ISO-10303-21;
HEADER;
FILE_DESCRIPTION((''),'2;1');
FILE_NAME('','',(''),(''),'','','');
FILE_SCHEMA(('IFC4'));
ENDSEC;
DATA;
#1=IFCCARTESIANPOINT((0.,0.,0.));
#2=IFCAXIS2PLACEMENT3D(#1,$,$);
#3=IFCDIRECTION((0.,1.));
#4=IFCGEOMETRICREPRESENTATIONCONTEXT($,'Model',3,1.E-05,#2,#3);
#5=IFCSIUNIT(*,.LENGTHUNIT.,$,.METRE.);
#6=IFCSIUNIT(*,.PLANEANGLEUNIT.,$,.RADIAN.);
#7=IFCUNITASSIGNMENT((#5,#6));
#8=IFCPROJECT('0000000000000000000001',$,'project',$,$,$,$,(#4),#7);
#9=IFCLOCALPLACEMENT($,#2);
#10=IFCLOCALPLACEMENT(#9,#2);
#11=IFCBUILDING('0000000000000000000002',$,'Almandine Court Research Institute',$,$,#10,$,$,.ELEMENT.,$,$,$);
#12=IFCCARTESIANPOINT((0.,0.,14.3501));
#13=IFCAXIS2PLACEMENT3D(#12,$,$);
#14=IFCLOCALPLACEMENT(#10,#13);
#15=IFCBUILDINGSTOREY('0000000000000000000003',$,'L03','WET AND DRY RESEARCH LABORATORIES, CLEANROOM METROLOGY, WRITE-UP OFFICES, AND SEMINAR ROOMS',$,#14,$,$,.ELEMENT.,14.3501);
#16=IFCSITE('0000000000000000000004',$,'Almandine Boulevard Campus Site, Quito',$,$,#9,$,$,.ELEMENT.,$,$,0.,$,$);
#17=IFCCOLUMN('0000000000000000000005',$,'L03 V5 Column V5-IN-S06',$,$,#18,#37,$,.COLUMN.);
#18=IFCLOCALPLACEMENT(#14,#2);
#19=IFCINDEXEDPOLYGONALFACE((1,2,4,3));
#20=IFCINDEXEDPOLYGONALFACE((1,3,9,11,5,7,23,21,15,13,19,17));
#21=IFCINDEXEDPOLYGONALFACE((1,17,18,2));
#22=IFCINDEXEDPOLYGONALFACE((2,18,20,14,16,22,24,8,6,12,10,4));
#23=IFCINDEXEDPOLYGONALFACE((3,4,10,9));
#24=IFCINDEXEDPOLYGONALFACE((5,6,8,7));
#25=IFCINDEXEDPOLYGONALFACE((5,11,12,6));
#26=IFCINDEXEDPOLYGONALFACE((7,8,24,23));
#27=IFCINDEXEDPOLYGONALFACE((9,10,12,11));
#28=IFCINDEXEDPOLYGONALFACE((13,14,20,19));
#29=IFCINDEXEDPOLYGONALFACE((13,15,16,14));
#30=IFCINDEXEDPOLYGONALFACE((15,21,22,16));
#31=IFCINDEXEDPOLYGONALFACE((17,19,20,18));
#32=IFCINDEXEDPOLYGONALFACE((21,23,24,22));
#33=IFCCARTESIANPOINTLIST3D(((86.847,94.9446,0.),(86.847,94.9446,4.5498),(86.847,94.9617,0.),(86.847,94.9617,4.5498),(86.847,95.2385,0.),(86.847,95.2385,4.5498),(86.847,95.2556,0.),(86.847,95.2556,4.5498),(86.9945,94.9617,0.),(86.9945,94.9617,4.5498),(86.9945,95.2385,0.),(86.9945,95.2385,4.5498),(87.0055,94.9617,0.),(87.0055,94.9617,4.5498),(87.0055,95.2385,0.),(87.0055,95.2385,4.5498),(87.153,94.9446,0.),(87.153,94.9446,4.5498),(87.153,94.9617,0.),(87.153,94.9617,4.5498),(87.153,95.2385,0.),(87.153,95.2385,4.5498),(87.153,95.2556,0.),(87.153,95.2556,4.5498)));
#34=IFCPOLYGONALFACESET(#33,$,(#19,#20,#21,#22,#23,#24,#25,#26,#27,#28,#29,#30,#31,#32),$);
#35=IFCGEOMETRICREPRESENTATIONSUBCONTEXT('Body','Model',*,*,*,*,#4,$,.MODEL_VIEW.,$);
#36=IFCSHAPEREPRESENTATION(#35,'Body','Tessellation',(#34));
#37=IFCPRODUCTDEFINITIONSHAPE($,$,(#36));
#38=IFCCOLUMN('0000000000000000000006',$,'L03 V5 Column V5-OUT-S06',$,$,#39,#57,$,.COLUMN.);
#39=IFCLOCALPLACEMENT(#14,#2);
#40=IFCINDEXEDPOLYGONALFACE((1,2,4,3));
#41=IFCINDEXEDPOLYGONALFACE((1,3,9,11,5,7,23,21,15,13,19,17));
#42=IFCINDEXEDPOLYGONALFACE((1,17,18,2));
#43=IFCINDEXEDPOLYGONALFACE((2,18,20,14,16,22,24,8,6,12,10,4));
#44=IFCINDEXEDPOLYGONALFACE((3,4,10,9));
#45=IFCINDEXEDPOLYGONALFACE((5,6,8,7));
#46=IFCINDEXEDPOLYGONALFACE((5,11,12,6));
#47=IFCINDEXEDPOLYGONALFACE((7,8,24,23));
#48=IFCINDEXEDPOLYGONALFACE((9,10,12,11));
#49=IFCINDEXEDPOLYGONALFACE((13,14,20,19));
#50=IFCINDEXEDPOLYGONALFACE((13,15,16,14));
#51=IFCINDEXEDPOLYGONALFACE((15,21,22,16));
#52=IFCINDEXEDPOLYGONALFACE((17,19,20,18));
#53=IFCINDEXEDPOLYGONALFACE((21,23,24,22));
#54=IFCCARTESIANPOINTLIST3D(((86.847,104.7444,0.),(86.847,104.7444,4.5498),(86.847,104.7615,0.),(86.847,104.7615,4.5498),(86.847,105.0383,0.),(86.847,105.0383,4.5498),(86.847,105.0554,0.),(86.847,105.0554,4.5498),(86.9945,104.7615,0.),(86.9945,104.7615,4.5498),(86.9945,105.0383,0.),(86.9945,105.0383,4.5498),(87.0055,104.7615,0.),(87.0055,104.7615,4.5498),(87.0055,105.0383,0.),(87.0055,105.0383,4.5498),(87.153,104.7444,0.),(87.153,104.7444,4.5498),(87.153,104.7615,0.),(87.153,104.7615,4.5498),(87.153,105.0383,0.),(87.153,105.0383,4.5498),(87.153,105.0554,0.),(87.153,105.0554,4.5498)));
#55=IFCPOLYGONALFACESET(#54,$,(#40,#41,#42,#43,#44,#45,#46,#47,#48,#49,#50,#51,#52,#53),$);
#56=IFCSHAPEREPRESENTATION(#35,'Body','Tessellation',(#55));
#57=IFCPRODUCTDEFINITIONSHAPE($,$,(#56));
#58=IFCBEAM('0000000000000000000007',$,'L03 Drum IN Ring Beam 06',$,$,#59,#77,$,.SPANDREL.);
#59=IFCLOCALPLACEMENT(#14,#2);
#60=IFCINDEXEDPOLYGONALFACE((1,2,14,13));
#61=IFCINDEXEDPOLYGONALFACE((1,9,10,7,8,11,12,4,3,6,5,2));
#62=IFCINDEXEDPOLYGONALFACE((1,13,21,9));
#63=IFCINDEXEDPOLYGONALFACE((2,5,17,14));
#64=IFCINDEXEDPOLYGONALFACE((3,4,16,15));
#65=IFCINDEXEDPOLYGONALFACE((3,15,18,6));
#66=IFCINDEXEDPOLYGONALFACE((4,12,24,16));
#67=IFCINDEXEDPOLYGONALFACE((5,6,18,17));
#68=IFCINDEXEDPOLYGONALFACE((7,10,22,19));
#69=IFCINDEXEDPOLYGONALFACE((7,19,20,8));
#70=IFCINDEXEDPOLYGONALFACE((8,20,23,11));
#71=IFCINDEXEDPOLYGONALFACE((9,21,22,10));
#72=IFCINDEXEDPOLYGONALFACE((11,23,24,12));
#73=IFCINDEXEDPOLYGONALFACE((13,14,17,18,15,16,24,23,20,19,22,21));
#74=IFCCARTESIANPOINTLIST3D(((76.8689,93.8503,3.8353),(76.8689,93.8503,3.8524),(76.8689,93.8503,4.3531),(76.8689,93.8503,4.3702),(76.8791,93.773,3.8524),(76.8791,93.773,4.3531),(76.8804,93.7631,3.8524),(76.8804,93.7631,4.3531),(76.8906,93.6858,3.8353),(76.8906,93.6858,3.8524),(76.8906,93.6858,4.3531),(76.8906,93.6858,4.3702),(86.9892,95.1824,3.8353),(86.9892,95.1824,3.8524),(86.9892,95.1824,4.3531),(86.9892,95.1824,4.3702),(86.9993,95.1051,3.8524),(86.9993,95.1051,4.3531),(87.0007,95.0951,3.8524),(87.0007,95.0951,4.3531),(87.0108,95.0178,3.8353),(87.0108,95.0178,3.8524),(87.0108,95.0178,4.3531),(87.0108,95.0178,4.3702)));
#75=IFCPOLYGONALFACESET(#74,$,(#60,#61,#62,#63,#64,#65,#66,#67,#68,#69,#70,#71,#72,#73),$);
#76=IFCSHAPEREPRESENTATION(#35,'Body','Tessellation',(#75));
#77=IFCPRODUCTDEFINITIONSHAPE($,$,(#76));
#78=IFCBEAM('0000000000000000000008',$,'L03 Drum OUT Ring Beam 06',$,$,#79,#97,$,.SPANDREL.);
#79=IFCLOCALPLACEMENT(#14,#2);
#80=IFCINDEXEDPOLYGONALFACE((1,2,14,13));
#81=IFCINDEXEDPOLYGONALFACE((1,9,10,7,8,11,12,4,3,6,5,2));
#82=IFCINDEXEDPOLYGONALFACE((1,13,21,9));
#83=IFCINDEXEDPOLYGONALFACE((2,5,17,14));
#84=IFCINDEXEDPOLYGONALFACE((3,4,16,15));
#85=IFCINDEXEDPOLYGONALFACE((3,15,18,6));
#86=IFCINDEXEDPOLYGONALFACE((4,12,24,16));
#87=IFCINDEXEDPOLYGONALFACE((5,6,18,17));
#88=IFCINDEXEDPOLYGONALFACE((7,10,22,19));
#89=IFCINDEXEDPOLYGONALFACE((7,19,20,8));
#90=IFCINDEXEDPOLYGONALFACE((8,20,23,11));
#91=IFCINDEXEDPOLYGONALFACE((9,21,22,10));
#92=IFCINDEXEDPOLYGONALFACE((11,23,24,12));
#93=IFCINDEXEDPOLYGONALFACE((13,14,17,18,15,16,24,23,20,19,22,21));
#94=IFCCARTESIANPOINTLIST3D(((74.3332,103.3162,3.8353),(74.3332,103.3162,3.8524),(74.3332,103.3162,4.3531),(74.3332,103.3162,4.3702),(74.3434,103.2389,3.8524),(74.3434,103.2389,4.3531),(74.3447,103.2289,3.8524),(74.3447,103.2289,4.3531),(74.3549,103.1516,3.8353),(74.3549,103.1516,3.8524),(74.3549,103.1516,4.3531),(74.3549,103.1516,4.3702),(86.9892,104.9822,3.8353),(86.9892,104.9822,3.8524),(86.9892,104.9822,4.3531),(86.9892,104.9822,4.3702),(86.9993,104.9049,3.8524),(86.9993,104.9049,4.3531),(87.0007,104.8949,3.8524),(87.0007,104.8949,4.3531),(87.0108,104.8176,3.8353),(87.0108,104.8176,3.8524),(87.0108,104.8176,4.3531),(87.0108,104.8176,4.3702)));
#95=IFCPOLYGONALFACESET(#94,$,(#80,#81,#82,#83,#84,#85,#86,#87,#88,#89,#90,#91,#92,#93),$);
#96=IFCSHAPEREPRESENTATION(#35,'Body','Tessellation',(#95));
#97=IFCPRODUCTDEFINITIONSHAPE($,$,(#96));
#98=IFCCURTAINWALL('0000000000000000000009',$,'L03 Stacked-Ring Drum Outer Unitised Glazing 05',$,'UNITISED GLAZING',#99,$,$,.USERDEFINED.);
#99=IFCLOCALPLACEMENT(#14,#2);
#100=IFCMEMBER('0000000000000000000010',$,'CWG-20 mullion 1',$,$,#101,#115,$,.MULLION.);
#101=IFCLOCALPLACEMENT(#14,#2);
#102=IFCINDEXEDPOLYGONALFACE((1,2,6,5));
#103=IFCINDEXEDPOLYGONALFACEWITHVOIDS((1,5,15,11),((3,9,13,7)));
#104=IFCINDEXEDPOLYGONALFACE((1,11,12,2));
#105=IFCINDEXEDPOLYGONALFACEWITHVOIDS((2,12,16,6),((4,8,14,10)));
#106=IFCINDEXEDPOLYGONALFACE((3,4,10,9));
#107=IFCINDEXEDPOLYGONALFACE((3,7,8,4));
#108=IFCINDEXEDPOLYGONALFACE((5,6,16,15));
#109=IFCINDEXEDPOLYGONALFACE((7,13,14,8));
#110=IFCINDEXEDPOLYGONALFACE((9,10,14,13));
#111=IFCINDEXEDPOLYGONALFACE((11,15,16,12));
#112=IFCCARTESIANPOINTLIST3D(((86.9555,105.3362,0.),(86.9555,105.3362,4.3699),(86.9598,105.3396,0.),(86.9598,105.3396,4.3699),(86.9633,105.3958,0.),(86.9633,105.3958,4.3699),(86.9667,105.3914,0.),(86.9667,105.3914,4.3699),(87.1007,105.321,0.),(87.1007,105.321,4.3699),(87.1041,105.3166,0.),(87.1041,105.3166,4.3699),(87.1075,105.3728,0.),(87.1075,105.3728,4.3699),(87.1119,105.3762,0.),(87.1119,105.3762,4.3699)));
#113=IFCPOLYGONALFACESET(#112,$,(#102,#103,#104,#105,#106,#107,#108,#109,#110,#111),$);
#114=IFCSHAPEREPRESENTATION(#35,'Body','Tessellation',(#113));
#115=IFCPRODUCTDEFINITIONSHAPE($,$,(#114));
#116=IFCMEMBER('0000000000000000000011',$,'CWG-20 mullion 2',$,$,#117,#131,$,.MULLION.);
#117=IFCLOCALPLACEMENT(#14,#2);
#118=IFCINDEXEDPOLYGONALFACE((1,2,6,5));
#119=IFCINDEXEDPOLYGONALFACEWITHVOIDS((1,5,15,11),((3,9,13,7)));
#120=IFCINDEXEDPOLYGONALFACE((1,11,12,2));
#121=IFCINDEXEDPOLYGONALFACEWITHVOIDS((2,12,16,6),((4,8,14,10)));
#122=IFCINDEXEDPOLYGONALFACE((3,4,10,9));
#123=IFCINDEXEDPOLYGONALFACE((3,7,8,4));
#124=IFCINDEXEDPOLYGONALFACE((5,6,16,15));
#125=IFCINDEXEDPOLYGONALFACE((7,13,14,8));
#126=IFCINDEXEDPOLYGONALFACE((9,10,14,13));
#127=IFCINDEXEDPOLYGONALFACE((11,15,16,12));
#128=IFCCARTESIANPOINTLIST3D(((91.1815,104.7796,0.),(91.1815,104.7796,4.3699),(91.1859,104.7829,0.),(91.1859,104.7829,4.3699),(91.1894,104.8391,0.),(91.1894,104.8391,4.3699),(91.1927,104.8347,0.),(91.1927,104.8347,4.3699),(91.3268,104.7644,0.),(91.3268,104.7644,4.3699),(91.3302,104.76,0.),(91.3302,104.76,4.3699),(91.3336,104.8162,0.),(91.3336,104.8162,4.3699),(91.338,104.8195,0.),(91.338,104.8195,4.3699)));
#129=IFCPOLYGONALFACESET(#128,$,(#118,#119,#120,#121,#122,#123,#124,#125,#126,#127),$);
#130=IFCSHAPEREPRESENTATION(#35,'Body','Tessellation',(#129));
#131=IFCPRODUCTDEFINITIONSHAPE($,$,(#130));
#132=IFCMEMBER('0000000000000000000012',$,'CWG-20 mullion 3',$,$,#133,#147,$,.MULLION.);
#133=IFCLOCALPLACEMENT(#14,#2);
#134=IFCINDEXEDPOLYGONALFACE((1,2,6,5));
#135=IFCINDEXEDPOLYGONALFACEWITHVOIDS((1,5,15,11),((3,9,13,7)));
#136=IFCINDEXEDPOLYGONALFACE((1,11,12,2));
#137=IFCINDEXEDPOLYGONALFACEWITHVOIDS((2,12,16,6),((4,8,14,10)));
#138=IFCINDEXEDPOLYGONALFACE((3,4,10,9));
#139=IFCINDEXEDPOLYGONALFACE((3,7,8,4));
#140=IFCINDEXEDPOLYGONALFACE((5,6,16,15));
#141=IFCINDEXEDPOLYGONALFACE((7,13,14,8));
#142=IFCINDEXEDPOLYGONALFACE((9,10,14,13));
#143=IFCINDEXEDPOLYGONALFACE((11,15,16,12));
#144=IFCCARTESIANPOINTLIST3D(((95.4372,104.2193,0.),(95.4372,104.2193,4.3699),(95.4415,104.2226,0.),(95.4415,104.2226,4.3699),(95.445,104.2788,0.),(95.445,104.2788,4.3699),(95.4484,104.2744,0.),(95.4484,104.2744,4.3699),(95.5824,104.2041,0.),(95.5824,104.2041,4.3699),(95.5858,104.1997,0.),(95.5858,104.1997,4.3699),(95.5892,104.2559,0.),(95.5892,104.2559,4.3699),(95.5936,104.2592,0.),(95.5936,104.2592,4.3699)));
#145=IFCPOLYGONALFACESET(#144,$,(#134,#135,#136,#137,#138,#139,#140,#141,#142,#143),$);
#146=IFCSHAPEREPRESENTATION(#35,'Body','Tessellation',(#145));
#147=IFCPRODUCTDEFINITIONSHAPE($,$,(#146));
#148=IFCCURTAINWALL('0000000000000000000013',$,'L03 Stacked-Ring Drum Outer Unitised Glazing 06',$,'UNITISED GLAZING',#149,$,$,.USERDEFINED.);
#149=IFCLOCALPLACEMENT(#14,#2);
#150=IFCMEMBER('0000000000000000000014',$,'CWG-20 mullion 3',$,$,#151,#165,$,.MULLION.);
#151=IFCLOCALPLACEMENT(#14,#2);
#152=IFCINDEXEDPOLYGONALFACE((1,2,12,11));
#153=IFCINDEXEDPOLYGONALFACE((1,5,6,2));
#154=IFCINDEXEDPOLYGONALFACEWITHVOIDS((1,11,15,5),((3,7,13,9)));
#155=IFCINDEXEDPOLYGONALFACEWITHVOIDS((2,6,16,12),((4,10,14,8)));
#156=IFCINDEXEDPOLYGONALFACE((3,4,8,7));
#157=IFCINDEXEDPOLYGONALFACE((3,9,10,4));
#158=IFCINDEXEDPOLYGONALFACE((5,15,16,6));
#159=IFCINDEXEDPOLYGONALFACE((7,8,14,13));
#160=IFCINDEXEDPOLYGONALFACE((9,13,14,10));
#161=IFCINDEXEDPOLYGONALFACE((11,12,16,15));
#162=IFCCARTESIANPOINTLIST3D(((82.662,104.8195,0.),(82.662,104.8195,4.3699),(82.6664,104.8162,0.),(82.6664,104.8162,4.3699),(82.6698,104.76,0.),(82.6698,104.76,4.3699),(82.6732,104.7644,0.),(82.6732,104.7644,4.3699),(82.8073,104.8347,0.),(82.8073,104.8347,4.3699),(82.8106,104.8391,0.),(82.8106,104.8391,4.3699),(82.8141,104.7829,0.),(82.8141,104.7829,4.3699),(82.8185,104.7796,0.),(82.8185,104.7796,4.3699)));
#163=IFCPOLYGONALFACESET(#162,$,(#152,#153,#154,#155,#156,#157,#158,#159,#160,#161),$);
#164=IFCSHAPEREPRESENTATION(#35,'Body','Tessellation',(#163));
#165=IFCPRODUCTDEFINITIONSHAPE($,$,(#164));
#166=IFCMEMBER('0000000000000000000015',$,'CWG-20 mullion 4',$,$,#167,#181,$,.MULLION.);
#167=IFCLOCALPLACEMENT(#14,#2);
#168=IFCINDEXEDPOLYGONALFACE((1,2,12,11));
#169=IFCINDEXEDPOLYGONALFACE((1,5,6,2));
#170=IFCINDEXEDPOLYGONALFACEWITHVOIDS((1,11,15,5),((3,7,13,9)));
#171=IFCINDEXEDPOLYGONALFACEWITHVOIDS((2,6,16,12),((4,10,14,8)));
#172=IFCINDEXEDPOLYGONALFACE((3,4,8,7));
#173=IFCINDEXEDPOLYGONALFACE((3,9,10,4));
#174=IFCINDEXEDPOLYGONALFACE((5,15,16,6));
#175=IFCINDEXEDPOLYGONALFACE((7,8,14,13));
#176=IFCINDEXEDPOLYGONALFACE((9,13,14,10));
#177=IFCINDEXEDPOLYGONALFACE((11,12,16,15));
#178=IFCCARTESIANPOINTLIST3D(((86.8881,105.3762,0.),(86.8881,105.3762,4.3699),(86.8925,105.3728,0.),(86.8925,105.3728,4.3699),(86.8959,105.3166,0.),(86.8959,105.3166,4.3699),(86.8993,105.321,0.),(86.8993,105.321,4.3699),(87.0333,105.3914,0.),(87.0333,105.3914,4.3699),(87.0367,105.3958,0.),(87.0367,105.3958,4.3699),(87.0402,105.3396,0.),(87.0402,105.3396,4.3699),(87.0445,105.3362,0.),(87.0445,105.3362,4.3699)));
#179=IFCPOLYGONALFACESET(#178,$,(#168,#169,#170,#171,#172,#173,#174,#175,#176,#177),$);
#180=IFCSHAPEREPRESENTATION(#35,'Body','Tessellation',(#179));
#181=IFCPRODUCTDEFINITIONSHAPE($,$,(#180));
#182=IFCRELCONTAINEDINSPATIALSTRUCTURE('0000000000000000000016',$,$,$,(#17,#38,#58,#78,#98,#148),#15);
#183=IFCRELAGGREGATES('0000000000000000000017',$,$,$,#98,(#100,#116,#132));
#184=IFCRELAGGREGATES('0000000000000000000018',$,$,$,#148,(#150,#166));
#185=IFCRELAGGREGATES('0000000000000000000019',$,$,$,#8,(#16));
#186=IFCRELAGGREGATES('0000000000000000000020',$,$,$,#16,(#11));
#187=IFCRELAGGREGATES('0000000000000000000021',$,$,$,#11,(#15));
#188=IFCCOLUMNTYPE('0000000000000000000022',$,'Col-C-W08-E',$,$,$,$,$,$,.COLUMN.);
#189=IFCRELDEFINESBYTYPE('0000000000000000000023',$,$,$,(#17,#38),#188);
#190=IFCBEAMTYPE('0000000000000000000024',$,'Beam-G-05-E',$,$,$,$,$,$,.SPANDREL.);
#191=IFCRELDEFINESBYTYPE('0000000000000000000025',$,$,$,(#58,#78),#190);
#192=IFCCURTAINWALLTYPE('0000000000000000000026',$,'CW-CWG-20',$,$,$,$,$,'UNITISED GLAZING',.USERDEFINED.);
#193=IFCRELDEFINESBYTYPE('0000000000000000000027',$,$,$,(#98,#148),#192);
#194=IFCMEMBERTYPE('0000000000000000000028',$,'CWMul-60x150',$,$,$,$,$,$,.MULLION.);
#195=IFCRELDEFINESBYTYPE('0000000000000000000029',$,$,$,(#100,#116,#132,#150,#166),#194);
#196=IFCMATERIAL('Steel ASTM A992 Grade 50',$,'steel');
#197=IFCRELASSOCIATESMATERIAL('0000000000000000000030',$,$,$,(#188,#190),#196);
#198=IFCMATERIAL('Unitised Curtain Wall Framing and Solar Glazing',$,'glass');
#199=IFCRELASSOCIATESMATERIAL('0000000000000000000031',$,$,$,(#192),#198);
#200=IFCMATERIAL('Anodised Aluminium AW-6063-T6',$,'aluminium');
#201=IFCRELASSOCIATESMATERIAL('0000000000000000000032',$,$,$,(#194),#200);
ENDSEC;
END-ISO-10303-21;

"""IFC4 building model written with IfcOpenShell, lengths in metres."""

from ifc_helpers import new_model, si_unit, direction, frame, origin, origin_2d, place, context, subcontext, project, spatial, hollow_rectangle, i_section, extrude, material, material_profile, profile_set, type_object, element, aggregate, save


model = new_model("IFC4")

# Units and contexts
model_context = context("Model", 3, precision=1e-05, world=origin(), true_north=direction((0.0, 1.0)))
body_context = subcontext(model_context, "Body", "Model", "MODEL_VIEW")
ifc_project = project(units=[si_unit("LENGTHUNIT", "METRE"), si_unit("PLANEANGLEUNIT", "RADIAN")], contexts=[model_context])

# Site, building, storey
site_placement = place(None, origin())
site = spatial("IfcSite", under=ifc_project, at=site_placement, Name="Almandine Boulevard Campus Site, Quito", CompositionType="ELEMENT", RefElevation=0.0)
building_placement = place(site_placement, origin())
building = spatial("IfcBuilding", under=site, at=building_placement, Name="Almandine Court Research Institute", CompositionType="ELEMENT")
storey_placement = place(building_placement, frame((0.0, 0.0, 14.3501)))
storey = spatial("IfcBuildingStorey", under=building, at=storey_placement, Name="L03", Description="WET AND DRY RESEARCH LABORATORIES, CLEANROOM METROLOGY, WRITE-UP OFFICES, AND SEMINAR ROOMS", CompositionType="ELEMENT", Elevation=14.3501)

# Columns
ifc_material_1 = material(Name="Steel ASTM A992 Grade 50", Category="steel")
ifc_material_profile_1 = material_profile(ifc_material_1, i_section(OverallWidth=0.3059, OverallDepth=0.311, WebThickness=0.011, FlangeThickness=0.0171, at=origin_2d()), Name="W310x107")
ifc_profile_set_1 = profile_set([ifc_material_profile_1], Name="Steel ASTM A992 Grade 50")
column_type = type_object("IfcColumnType", Name="Col-C-W08-E", PredefinedType="COLUMN", material=ifc_profile_set_1)
for number, where, z_axis, x_axis, name in (
    (1, (87.0, 95.1001, 0.0), (0.0, 0.0, 1.0), (1.0, 0.0, 0.0), "L03 V5 Column V5-IN-S06"),
    (2, (87.0, 104.8999, 0.0), (0.0, 0.0, 1.0), (1.0, 0.0, 0.0), "L03 V5 Column V5-OUT-S06"),
):
    element("IfcColumn", number, at=place(storey_placement, frame(where, z_axis=z_axis, x_axis=x_axis)), inside=storey, type_object=column_type, Name=name, PredefinedType="COLUMN", context=body_context, shape_type="SweptSolid", body=[
        extrude(i_section(OverallWidth=0.3059, OverallDepth=0.311, WebThickness=0.011, FlangeThickness=0.0171, at=origin_2d()), origin(), (0.0, 0.0, 1.0), 4.5498),
    ])

# Beams
ifc_material_profile_2 = material_profile(ifc_material_1, i_section(OverallWidth=0.166, OverallDepth=0.5349, WebThickness=0.01, FlangeThickness=0.0171, at=origin_2d()), Name="W530x85")
ifc_profile_set_2 = profile_set([ifc_material_profile_2], Name="Steel ASTM A992 Grade 50")
beam_type = type_object("IfcBeamType", Name="Beam-G-05-E", PredefinedType="SPANDREL", material=ifc_profile_set_2)
beam_1_placement = place(storey_placement, frame((87.0, 95.1001, 4.1028), z_axis=(-0.991449, -0.130497, 0.0), x_axis=(0.130497, -0.991449, 0.0)))
element("IfcBeam", 3, at=beam_1_placement, inside=storey, type_object=beam_type, Name="L03 Drum IN Ring Beam 06", PredefinedType="SPANDREL", context=body_context, shape_type="SweptSolid", body=[
    extrude(i_section(OverallWidth=0.166, OverallDepth=0.5349, WebThickness=0.01, FlangeThickness=0.0171, at=origin_2d()), origin(), (0.0, 0.0, 1.0), 10.2075),
])
beam_2_placement = place(storey_placement, frame((87.0, 104.8999, 4.1028), z_axis=(-0.991447, -0.130512, 0.0), x_axis=(0.130512, -0.991447, 0.0)))
element("IfcBeam", 4, at=beam_2_placement, inside=storey, type_object=beam_type, Name="L03 Drum OUT Ring Beam 06", PredefinedType="SPANDREL", context=body_context, shape_type="SweptSolid", body=[
    extrude(i_section(OverallWidth=0.166, OverallDepth=0.5349, WebThickness=0.01, FlangeThickness=0.0171, at=origin_2d()), origin(), (0.0, 0.0, 1.0), 12.7651),
])

# Curtain walls, members
ifc_material_2 = material(Name="Unitised Curtain Wall Framing and Solar Glazing", Category="glass")
curtain_wall_type = type_object("IfcCurtainWallType", Name="CW-CWG-20", ElementType="UNITISED GLAZING", PredefinedType="USERDEFINED", material=ifc_material_2)
curtain_wall_1_placement = place(storey_placement, origin())
curtain_wall_1 = element("IfcCurtainWall", 5, at=curtain_wall_1_placement, inside=storey, type_object=curtain_wall_type, Name="L03 Stacked-Ring Drum Outer Unitised Glazing 05", ObjectType="UNITISED GLAZING", PredefinedType="USERDEFINED")
ifc_material_3 = material(Name="Anodised Aluminium AW-6063-T6", Category="aluminium")
ifc_material_profile_3 = material_profile(ifc_material_3, hollow_rectangle(XDim=0.0601, YDim=0.1499, WallThickness=0.0039, at=origin_2d()), Name="ALU RHS 60x150x4")
ifc_profile_set_3 = profile_set([ifc_material_profile_3], Name="Anodised Aluminium AW-6063-T6")
member_type_1 = type_object("IfcMemberType", Name="CWMul-60x150", PredefinedType="MULLION", material=ifc_profile_set_3)
member_1_placement = place(storey_placement, frame((87.0337, 105.3562, 0.0), z_axis=(0.0, 0.0, 1.0), x_axis=(0.130541, 0.991443, 0.0)))
member_1 = element("IfcMember", 6, at=member_1_placement, type_object=member_type_1, Name="CWG-20 mullion 1", PredefinedType="MULLION", context=body_context, shape_type="SweptSolid", body=[
    extrude(hollow_rectangle(XDim=0.0601, YDim=0.1499, WallThickness=0.0039, at=origin_2d()), origin(), (0.0, 0.0, 1.0), 4.3699),
])
member_2_placement = place(storey_placement, frame((91.2598, 104.7996, 0.0), z_axis=(0.0, 0.0, 1.0), x_axis=(0.130541, 0.991443, 0.0)))
member_2 = element("IfcMember", 7, at=member_2_placement, type_object=member_type_1, Name="CWG-20 mullion 2", PredefinedType="MULLION", context=body_context, shape_type="SweptSolid", body=[
    extrude(hollow_rectangle(XDim=0.0601, YDim=0.1499, WallThickness=0.0039, at=origin_2d()), origin(), (0.0, 0.0, 1.0), 4.3699),
])
member_3_placement = place(storey_placement, frame((95.5154, 104.2393, 0.0), z_axis=(0.0, 0.0, 1.0), x_axis=(0.130541, 0.991443, 0.0)))
member_3 = element("IfcMember", 8, at=member_3_placement, type_object=member_type_1, Name="CWG-20 mullion 3", PredefinedType="MULLION", context=body_context, shape_type="SweptSolid", body=[
    extrude(hollow_rectangle(XDim=0.0601, YDim=0.1499, WallThickness=0.0039, at=origin_2d()), origin(), (0.0, 0.0, 1.0), 4.3699),
])
curtain_wall_2_placement = place(storey_placement, origin())
curtain_wall_2 = element("IfcCurtainWall", 9, at=curtain_wall_2_placement, inside=storey, type_object=curtain_wall_type, Name="L03 Stacked-Ring Drum Outer Unitised Glazing 06", ObjectType="UNITISED GLAZING", PredefinedType="USERDEFINED")
member_4_placement = place(storey_placement, frame((82.7402, 104.7996, 0.0), z_axis=(0.0, 0.0, 1.0), x_axis=(-0.130541, 0.991443, 0.0)))
member_4 = element("IfcMember", 10, at=member_4_placement, type_object=member_type_1, Name="CWG-20 mullion 3", PredefinedType="MULLION", context=body_context, shape_type="SweptSolid", body=[
    extrude(hollow_rectangle(XDim=0.0601, YDim=0.1499, WallThickness=0.0039, at=origin_2d()), origin(), (0.0, 0.0, 1.0), 4.3699),
])
member_5_placement = place(storey_placement, frame((86.9663, 105.3562, 0.0), z_axis=(0.0, 0.0, 1.0), x_axis=(-0.130541, 0.991443, 0.0)))
member_5 = element("IfcMember", 11, at=member_5_placement, type_object=member_type_1, Name="CWG-20 mullion 4", PredefinedType="MULLION", context=body_context, shape_type="SweptSolid", body=[
    extrude(hollow_rectangle(XDim=0.0601, YDim=0.1499, WallThickness=0.0039, at=origin_2d()), origin(), (0.0, 0.0, 1.0), 4.3699),
])

aggregate(curtain_wall_1, [member_1, member_2, member_3])
aggregate(curtain_wall_2, [member_4, member_5])

save(model, "model.ifc")
